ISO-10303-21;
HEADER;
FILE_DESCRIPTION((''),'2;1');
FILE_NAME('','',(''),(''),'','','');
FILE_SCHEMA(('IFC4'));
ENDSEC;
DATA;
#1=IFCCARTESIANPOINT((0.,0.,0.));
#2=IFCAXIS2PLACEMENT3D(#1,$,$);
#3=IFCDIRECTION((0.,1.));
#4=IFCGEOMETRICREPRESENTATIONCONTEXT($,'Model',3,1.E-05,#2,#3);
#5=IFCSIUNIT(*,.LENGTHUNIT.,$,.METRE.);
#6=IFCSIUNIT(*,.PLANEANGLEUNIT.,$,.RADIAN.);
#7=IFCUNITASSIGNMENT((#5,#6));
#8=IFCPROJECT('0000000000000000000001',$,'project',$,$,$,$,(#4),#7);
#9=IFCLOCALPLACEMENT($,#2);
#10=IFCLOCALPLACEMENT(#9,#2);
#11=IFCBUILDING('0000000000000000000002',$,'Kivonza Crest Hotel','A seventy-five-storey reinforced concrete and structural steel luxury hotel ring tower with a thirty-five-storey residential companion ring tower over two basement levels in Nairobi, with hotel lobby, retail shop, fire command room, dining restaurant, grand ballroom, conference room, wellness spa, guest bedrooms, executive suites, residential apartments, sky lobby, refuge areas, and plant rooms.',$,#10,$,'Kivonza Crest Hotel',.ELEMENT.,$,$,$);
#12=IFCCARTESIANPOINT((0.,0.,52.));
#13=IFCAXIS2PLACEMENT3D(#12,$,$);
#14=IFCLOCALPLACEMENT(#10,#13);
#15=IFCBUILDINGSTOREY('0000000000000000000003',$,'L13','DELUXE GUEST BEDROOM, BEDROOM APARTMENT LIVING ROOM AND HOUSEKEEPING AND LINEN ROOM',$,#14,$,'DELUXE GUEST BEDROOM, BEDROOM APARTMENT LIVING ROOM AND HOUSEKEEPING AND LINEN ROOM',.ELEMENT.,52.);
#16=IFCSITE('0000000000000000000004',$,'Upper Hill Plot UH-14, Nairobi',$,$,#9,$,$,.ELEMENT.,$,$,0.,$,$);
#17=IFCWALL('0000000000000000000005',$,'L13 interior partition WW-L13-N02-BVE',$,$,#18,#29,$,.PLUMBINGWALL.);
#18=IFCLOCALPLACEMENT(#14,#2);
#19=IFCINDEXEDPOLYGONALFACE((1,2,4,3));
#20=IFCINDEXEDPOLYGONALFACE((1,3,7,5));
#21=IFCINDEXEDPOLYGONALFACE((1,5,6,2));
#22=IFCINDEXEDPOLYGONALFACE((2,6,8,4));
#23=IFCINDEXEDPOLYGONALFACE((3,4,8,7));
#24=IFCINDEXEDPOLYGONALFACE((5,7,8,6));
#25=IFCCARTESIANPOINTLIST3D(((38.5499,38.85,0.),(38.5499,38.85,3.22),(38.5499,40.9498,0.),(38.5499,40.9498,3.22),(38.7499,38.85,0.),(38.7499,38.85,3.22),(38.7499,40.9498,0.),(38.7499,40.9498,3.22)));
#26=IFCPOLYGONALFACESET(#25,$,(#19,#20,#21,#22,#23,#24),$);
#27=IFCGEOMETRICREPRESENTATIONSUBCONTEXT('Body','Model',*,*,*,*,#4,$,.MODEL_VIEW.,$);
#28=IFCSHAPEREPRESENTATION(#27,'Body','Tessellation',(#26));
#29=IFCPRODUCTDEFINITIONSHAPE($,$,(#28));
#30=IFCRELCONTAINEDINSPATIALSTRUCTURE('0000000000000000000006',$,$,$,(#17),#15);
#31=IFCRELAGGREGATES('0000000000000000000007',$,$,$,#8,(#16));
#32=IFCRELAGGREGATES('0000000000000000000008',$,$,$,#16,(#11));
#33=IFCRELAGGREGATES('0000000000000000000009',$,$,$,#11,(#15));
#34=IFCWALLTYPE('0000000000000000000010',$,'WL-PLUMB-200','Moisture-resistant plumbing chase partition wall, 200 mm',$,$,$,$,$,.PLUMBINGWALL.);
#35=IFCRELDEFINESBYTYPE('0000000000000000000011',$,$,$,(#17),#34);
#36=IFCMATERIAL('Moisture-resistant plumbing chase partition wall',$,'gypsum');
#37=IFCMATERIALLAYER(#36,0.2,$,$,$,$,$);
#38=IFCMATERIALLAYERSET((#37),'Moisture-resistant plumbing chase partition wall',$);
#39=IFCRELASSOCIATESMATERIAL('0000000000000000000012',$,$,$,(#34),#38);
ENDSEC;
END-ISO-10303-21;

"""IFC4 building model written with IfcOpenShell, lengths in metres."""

from ifc_helpers import new_model, si_unit, direction, frame, frame_2d, origin, place, context, subcontext, project, spatial, rectangle, extrude, material, layer, layer_set, type_object, element, save


model = new_model("IFC4")

# Units and contexts
model_context = context("Model", 3, precision=1e-05, world=origin(), true_north=direction((0.0, 1.0)))
body_context = subcontext(model_context, "Body", "Model", "MODEL_VIEW")
ifc_project = project(units=[si_unit("LENGTHUNIT", "METRE"), si_unit("PLANEANGLEUNIT", "RADIAN")], contexts=[model_context])

# Site, building, storey
site_placement = place(None, origin())
site = spatial("IfcSite", under=ifc_project, at=site_placement, Name="Upper Hill Plot UH-14, Nairobi", CompositionType="ELEMENT", RefElevation=0.0)
building_placement = place(site_placement, origin())
building = spatial("IfcBuilding", under=site, at=building_placement, Name="Kivonza Crest Hotel", Description="A seventy-five-storey reinforced concrete and structural steel luxury hotel ring tower with a thirty-five-storey residential companion ring tower over two basement levels in Nairobi, with hotel lobby, retail shop, fire command room, dining restaurant, grand ballroom, conference room, wellness spa, guest bedrooms, executive suites, residential apartments, sky lobby, refuge areas, and plant rooms.", LongName="Kivonza Crest Hotel", CompositionType="ELEMENT")
storey_placement = place(building_placement, frame((0.0, 0.0, 52.0)))
storey = spatial("IfcBuildingStorey", under=building, at=storey_placement, Name="L13", Description="DELUXE GUEST BEDROOM, BEDROOM APARTMENT LIVING ROOM AND HOUSEKEEPING AND LINEN ROOM", LongName="DELUXE GUEST BEDROOM, BEDROOM APARTMENT LIVING ROOM AND HOUSEKEEPING AND LINEN ROOM", CompositionType="ELEMENT", Elevation=52.0)

# Shared definitions
ifc_material_1 = material(Name="Moisture-resistant plumbing chase partition wall", Category="gypsum")
ifc_layer_1 = layer(ifc_material_1, 0.2)
ifc_layer_set_1 = layer_set([ifc_layer_1], Name="Moisture-resistant plumbing chase partition wall")
wall_type_1 = type_object("IfcWallType", Name="WL-PLUMB-200", Description="Moisture-resistant plumbing chase partition wall, 200 mm", PredefinedType="PLUMBINGWALL", material=ifc_layer_set_1)

# Wall
wall_1_placement = place(storey_placement, frame((38.6499, 38.8501, 0.0), z_axis=(0.0, 0.0, 1.0), x_axis=(0.0, 1.0, 0.0)))
element("IfcWall", 1, at=wall_1_placement, inside=storey, type_object=wall_type_1, Name="L13 interior partition WW-L13-N02-BVE", PredefinedType="PLUMBINGWALL", context=body_context, shape_type="SweptSolid", body=[
    extrude(rectangle(XDim=2.0999, YDim=0.2, at=frame_2d((1.0498, 0.0))), origin(), (0.0, 0.0, 1.0), 3.22),
])

save(model, "model.ifc")
